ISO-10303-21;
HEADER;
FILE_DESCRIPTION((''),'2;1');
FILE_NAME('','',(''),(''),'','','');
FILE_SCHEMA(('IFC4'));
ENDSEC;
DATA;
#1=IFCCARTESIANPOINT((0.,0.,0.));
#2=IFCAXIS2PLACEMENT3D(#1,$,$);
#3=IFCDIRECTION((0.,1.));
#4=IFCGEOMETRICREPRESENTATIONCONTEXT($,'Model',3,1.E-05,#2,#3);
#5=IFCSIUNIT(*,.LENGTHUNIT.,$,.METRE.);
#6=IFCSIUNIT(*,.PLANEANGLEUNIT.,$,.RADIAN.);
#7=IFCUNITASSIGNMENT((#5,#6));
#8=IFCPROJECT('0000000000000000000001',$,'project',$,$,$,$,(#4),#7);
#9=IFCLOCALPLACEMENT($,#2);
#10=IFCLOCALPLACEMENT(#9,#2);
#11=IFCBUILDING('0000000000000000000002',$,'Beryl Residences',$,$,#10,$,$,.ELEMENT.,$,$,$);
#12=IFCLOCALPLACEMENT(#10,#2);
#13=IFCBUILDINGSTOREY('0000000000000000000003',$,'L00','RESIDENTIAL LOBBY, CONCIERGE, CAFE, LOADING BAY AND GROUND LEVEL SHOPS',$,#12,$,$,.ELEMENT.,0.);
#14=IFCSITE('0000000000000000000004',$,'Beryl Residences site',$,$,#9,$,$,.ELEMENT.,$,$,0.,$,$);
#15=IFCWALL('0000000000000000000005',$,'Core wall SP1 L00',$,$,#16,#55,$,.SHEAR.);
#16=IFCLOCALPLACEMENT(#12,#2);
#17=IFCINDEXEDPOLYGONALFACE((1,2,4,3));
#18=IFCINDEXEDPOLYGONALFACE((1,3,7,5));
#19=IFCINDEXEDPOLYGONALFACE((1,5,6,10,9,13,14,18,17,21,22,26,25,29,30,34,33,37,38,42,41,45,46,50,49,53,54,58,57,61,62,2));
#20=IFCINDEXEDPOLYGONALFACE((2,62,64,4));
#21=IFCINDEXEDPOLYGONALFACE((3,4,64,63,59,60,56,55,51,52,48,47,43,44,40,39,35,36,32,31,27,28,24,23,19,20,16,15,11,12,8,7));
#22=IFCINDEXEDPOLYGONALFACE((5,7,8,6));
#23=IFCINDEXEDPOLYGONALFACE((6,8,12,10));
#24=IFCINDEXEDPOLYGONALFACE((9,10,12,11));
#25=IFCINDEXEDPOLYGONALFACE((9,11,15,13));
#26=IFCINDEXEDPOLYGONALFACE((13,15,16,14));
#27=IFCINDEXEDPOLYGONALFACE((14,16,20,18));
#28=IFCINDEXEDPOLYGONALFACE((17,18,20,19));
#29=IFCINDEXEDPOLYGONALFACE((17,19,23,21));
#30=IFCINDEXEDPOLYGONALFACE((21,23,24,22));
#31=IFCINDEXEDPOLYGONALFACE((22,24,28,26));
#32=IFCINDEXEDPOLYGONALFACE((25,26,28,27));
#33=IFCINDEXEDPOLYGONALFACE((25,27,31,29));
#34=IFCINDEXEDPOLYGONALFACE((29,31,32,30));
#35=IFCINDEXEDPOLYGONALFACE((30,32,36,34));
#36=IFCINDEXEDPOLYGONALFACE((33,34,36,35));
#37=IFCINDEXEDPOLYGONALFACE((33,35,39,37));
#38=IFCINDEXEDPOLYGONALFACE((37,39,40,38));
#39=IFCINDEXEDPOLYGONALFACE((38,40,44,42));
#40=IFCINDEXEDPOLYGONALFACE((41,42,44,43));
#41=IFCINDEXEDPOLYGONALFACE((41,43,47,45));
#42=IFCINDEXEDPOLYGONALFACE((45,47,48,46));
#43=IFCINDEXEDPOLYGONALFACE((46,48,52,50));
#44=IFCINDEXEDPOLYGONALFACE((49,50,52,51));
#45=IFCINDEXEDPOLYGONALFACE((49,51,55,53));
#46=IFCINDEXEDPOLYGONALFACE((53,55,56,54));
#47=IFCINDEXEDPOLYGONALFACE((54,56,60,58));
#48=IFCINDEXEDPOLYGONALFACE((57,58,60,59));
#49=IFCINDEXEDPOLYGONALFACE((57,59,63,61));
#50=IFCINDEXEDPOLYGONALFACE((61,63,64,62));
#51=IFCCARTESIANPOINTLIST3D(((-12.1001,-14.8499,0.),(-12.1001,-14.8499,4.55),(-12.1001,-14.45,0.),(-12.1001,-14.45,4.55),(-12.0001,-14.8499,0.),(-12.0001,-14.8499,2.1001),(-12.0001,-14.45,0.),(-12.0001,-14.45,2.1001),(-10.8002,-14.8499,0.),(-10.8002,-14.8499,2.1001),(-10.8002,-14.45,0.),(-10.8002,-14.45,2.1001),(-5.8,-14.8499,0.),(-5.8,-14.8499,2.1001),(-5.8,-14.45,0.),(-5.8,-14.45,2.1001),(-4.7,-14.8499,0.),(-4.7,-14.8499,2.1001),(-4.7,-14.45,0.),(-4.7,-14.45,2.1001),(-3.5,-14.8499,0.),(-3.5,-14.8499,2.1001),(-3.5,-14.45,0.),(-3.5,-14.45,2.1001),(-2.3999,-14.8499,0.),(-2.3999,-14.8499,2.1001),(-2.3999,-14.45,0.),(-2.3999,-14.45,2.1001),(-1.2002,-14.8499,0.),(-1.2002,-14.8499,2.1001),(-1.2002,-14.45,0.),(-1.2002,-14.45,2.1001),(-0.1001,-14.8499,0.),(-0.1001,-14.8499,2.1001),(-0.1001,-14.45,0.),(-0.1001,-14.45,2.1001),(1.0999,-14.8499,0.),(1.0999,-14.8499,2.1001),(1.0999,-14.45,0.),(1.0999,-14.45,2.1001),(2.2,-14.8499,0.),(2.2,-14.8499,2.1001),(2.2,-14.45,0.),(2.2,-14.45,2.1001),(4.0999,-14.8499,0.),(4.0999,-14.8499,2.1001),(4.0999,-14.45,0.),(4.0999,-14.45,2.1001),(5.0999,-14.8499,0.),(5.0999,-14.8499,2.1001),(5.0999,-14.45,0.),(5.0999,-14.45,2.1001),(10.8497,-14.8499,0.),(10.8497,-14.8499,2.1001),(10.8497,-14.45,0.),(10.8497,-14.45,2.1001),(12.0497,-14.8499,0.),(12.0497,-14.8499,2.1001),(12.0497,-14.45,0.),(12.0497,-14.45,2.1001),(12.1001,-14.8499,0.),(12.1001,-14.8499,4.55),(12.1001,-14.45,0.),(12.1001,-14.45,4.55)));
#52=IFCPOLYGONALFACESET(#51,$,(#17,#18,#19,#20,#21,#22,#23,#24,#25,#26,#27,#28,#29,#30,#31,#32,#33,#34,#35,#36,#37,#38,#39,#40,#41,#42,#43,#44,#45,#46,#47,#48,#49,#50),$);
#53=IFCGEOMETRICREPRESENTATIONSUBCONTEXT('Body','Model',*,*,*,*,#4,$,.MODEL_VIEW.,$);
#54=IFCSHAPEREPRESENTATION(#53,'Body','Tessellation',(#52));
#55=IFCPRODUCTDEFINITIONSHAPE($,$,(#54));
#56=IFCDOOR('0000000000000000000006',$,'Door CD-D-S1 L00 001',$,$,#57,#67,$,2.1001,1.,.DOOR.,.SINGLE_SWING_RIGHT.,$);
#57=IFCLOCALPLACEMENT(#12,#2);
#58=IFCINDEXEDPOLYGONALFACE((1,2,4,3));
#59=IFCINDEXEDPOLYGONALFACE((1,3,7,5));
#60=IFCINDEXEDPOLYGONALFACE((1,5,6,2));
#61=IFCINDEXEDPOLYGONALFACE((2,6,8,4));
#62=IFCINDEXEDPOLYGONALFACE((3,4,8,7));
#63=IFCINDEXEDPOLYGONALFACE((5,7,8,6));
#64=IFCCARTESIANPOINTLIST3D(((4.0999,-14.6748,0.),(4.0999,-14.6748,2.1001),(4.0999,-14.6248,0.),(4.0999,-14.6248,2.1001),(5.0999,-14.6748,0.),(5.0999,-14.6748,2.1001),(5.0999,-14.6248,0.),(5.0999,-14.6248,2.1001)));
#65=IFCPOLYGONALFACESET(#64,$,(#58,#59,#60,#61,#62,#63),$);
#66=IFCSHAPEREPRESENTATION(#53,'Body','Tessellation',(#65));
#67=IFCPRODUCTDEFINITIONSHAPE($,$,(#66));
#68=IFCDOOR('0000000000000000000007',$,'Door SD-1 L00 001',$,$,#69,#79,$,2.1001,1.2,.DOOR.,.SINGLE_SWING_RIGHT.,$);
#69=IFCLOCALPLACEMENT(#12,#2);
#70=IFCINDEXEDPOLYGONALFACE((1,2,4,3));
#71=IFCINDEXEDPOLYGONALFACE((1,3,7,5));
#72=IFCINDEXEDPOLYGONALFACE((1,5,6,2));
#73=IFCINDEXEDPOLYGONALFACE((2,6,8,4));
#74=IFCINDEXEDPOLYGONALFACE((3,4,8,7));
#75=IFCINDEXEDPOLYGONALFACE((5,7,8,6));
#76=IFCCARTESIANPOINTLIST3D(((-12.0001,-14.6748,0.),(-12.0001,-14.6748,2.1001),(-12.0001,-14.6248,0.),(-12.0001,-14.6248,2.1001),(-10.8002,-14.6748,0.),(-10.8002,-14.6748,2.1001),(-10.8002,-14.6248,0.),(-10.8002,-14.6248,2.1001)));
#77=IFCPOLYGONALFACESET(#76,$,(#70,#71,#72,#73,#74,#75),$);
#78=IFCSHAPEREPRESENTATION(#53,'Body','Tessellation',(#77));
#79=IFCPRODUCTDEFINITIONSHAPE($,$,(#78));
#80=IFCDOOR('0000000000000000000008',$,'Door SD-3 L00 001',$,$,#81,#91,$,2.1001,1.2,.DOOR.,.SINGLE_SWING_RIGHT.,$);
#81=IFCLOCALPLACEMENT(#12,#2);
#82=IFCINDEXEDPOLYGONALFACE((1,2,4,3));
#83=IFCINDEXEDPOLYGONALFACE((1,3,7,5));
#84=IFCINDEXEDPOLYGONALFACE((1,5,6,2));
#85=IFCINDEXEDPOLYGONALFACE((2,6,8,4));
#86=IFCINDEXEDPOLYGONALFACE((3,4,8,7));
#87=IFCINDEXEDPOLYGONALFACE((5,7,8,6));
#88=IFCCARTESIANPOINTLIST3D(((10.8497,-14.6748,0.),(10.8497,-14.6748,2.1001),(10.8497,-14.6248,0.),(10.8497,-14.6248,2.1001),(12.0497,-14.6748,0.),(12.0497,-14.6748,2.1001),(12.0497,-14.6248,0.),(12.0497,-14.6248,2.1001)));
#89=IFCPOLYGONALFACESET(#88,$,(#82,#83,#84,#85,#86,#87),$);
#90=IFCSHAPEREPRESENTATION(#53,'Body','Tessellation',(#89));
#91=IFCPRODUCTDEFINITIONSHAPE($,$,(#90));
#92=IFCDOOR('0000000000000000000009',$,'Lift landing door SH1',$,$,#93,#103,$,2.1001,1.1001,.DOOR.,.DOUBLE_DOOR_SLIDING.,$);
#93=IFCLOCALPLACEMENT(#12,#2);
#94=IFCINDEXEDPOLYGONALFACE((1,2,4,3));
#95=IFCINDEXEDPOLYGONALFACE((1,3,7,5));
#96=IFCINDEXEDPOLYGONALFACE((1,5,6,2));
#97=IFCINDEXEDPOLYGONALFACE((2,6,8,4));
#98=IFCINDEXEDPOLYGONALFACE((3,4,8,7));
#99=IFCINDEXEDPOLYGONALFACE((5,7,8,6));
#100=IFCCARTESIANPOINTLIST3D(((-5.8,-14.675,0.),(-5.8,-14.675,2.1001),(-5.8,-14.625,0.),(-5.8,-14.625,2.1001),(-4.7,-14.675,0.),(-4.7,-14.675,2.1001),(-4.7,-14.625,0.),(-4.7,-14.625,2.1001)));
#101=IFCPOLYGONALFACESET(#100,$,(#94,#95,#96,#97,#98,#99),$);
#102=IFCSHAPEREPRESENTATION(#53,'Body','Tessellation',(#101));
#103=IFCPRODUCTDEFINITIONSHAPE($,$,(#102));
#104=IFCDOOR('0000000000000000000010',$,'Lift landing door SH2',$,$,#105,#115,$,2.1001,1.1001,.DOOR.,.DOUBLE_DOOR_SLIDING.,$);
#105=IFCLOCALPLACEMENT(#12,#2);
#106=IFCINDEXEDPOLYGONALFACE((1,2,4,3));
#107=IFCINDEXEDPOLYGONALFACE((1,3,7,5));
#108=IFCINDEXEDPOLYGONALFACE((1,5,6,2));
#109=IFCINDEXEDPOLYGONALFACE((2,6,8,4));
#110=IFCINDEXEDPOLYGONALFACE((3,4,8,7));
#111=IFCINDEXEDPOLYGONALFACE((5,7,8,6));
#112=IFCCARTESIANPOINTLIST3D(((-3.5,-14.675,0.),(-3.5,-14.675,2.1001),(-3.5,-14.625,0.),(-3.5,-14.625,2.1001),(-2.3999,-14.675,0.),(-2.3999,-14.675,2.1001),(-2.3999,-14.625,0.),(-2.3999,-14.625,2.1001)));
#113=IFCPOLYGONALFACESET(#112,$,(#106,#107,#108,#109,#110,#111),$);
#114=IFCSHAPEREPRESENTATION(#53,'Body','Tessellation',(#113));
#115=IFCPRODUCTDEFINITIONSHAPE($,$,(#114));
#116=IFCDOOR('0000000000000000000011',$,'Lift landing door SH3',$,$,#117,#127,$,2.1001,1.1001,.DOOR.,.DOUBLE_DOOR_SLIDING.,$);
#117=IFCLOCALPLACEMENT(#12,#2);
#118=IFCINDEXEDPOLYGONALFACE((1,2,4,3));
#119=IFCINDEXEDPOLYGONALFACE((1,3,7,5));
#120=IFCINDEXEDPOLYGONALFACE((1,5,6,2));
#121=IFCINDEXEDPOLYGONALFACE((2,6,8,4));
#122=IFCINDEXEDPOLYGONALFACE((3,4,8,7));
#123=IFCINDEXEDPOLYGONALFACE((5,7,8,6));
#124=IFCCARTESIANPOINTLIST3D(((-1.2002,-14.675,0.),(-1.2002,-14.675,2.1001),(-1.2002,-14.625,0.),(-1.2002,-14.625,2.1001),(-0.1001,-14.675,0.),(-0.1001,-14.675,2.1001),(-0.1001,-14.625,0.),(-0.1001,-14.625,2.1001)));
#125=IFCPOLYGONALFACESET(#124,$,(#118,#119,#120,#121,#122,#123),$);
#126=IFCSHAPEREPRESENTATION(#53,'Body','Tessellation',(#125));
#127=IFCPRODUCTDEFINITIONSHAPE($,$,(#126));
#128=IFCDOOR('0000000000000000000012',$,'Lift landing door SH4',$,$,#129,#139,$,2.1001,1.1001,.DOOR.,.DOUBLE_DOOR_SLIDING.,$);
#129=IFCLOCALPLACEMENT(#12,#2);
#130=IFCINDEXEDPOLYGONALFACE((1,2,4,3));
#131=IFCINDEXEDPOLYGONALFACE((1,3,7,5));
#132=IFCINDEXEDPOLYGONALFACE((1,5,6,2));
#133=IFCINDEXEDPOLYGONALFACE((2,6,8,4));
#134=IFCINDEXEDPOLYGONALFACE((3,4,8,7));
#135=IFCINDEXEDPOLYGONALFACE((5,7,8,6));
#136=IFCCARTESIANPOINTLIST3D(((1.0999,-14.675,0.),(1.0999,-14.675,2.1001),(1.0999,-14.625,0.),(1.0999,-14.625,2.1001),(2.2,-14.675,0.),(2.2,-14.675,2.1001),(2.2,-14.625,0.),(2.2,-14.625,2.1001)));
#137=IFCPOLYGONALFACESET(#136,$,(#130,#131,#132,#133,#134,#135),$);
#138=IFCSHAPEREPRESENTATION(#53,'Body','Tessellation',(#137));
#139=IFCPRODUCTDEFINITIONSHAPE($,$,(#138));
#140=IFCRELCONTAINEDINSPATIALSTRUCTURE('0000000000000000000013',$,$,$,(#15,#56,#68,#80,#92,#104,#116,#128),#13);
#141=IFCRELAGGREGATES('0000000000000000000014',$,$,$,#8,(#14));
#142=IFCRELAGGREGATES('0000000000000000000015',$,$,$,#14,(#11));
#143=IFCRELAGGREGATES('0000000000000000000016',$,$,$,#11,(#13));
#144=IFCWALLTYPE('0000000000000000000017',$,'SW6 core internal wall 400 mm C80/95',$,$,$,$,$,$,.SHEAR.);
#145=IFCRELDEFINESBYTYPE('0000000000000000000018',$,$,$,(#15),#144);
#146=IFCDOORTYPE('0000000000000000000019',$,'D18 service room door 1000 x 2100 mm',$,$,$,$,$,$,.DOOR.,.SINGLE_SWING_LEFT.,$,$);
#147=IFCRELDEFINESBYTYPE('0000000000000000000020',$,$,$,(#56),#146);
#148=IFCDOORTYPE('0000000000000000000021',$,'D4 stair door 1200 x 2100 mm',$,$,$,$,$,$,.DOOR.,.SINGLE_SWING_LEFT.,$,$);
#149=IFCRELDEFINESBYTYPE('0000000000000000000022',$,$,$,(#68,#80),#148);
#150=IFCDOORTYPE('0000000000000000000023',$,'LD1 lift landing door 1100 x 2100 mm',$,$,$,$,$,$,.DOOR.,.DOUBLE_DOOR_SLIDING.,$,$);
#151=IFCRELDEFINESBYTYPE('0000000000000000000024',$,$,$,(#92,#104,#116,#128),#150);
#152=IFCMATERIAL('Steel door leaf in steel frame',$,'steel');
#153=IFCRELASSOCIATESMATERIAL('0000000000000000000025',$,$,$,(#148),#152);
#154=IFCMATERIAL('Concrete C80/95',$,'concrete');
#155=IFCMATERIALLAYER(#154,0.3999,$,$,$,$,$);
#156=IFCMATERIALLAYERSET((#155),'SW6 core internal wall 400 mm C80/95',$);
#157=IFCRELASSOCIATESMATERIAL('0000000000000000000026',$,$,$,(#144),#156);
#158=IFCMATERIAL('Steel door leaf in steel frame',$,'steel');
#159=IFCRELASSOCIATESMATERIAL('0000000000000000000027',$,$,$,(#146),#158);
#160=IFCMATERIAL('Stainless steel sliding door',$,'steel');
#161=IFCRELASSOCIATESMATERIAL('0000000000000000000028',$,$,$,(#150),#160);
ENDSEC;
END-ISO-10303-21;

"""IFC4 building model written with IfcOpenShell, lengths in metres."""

from ifc_helpers import new_model, si_unit, direction, frame, frame_2d, origin, place, context, subcontext, project, spatial, rectangle, extrude, material, layer, layer_set, type_object, element, fill, save


model = new_model("IFC4")

# Units and contexts
model_context = context("Model", 3, precision=1e-05, world=origin(), true_north=direction((0.0, 1.0)))
body_context = subcontext(model_context, "Body", "Model", "MODEL_VIEW")
ifc_project = project(units=[si_unit("LENGTHUNIT", "METRE"), si_unit("PLANEANGLEUNIT", "RADIAN")], contexts=[model_context])

# Site, building, storey
site_placement = place(None, origin())
site = spatial("IfcSite", under=ifc_project, at=site_placement, Name="Beryl Residences site", CompositionType="ELEMENT", RefElevation=0.0)
building_placement = place(site_placement, origin())
building = spatial("IfcBuilding", under=site, at=building_placement, Name="Beryl Residences", CompositionType="ELEMENT")
storey_placement = place(building_placement, origin())
storey = spatial("IfcBuildingStorey", under=building, at=storey_placement, Name="L00", Description="RESIDENTIAL LOBBY, CONCIERGE, CAFE, LOADING BAY AND GROUND LEVEL SHOPS", CompositionType="ELEMENT", Elevation=0.0)

# Shared definitions
ifc_material_1 = material(Name="Steel door leaf in steel frame", Category="steel")
door_type_1 = type_object("IfcDoorType", Name="D4 stair door 1200 x 2100 mm", OperationType="SINGLE_SWING_LEFT", PredefinedType="DOOR", material=ifc_material_1)

# Wall, openings, doors
ifc_material_2 = material(Name="Concrete C80/95", Category="concrete")
ifc_layer_1 = layer(ifc_material_2, 0.3999)
ifc_layer_set_1 = layer_set([ifc_layer_1], Name="SW6 core internal wall 400 mm C80/95")
wall_type_1 = type_object("IfcWallType", Name="SW6 core internal wall 400 mm C80/95", PredefinedType="SHEAR", material=ifc_layer_set_1)
wall_1_placement = place(storey_placement, frame((-12.1001, -14.6499, 0.0), z_axis=(0.0, 0.0, 1.0), x_axis=(1.0, 0.0, 0.0)))
wall_1 = element("IfcWall", 1, at=wall_1_placement, inside=storey, type_object=wall_type_1, Name="Core wall SP1 L00", PredefinedType="SHEAR", context=body_context, shape_type="SweptSolid", body=[
    extrude(rectangle(XDim=24.2002, YDim=0.3999, at=frame_2d((12.1001, 0.0))), origin(), (0.0, 0.0, 1.0), 4.55),
])
opening_1_placement = place(wall_1_placement, frame((6.3, 0.0, 0.0)))
opening_1 = element("IfcOpeningElement", 2, at=opening_1_placement, cuts=wall_1, PredefinedType="OPENING", context=body_context, shape_type="SweptSolid", body=[
    extrude(rectangle(XDim=1.1001, YDim=2.1001, at=frame_2d((0.55, 1.05))), frame((0.0, 0.21, 0.0), z_axis=(0.0, -1.0, 0.0), x_axis=(1.0, 0.0, 0.0)), (0.0, 0.0, 1.0), 0.4199),
])
opening_2_placement = place(wall_1_placement, frame((8.6001, 0.0, 0.0)))
opening_2 = element("IfcOpeningElement", 3, at=opening_2_placement, cuts=wall_1, PredefinedType="OPENING", context=body_context, shape_type="SweptSolid", body=[
    extrude(rectangle(XDim=1.1001, YDim=2.1001, at=frame_2d((0.55, 1.05))), frame((0.0, 0.21, 0.0), z_axis=(0.0, -1.0, 0.0), x_axis=(1.0, 0.0, 0.0)), (0.0, 0.0, 1.0), 0.4199),
])
opening_3_placement = place(wall_1_placement, frame((10.8999, 0.0, 0.0)))
opening_3 = element("IfcOpeningElement", 4, at=opening_3_placement, cuts=wall_1, PredefinedType="OPENING", context=body_context, shape_type="SweptSolid", body=[
    extrude(rectangle(XDim=1.1001, YDim=2.1001, at=frame_2d((0.55, 1.05))), frame((0.0, 0.21, 0.0), z_axis=(0.0, -1.0, 0.0), x_axis=(1.0, 0.0, 0.0)), (0.0, 0.0, 1.0), 0.4199),
])
opening_4_placement = place(wall_1_placement, frame((13.2, 0.0, 0.0)))
opening_4 = element("IfcOpeningElement", 5, at=opening_4_placement, cuts=wall_1, PredefinedType="OPENING", context=body_context, shape_type="SweptSolid", body=[
    extrude(rectangle(XDim=1.1001, YDim=2.1001, at=frame_2d((0.55, 1.05))), frame((0.0, 0.21, 0.0), z_axis=(0.0, -1.0, 0.0), x_axis=(1.0, 0.0, 0.0)), (0.0, 0.0, 1.0), 0.4199),
])
opening_5_placement = place(wall_1_placement, frame((1.3, 0.0, 0.0), z_axis=(0.0, 0.0, 1.0), x_axis=(-1.0, 0.0, 0.0)))
opening_5 = element("IfcOpeningElement", 6, at=opening_5_placement, cuts=wall_1, PredefinedType="OPENING", context=body_context, shape_type="SweptSolid", body=[
    extrude(rectangle(XDim=1.2, YDim=2.1001, at=frame_2d((0.6001, 1.05))), frame((0.0, 0.21, 0.0), z_axis=(0.0, -1.0, 0.0), x_axis=(1.0, 0.0, 0.0)), (0.0, 0.0, 1.0), 0.4199),
])
opening_6_placement = place(wall_1_placement, frame((24.1499, 0.0, 0.0), z_axis=(0.0, 0.0, 1.0), x_axis=(-1.0, 0.0, 0.0)))
opening_6 = element("IfcOpeningElement", 7, at=opening_6_placement, cuts=wall_1, PredefinedType="OPENING", context=body_context, shape_type="SweptSolid", body=[
    extrude(rectangle(XDim=1.2, YDim=2.1001, at=frame_2d((0.6001, 1.05))), frame((0.0, 0.21, 0.0), z_axis=(0.0, -1.0, 0.0), x_axis=(1.0, 0.0, 0.0)), (0.0, 0.0, 1.0), 0.4199),
])
opening_7_placement = place(wall_1_placement, frame((17.2, 0.0, 0.0), z_axis=(0.0, 0.0, 1.0), x_axis=(-1.0, 0.0, 0.0)))
opening_7 = element("IfcOpeningElement", 8, at=opening_7_placement, cuts=wall_1, PredefinedType="OPENING", context=body_context, shape_type="SweptSolid", body=[
    extrude(rectangle(XDim=1.0, YDim=2.1001, at=frame_2d((0.5, 1.05))), frame((0.0, 0.21, 0.0), z_axis=(0.0, -1.0, 0.0), x_axis=(1.0, 0.0, 0.0)), (0.0, 0.0, 1.0), 0.4199),
])
ifc_material_3 = material(Name="Steel door leaf in steel frame", Category="steel")
door_type_2 = type_object("IfcDoorType", Name="D18 service room door 1000 x 2100 mm", OperationType="SINGLE_SWING_LEFT", PredefinedType="DOOR", material=ifc_material_3)
door_1_placement = place(opening_7_placement, origin())
door_1 = element("IfcDoor", 9, at=door_1_placement, inside=storey, type_object=door_type_2, Name="Door CD-D-S1 L00 001", OperationType="SINGLE_SWING_RIGHT", OverallHeight=2.1001, OverallWidth=1.0, PredefinedType="DOOR", context=body_context, shape_type="SweptSolid", body=[
    extrude(rectangle(XDim=1.0, YDim=2.1001, at=frame_2d((0.5, 1.05))), frame((0.0, 0.0249, 0.0), z_axis=(0.0, -1.0, 0.0), x_axis=(1.0, 0.0, 0.0)), (0.0, 0.0, 1.0), 0.05),
])
fill(opening_7, door_1)
door_2_placement = place(opening_5_placement, origin())
door_2 = element("IfcDoor", 10, at=door_2_placement, inside=storey, type_object=door_type_1, Name="Door SD-1 L00 001", OperationType="SINGLE_SWING_RIGHT", OverallHeight=2.1001, OverallWidth=1.2, PredefinedType="DOOR", context=body_context, shape_type="SweptSolid", body=[
    extrude(rectangle(XDim=1.2, YDim=2.1001, at=frame_2d((0.6001, 1.05))), frame((0.0, 0.0249, 0.0), z_axis=(0.0, -1.0, 0.0), x_axis=(1.0, 0.0, 0.0)), (0.0, 0.0, 1.0), 0.05),
])
fill(opening_5, door_2)
door_3_placement = place(opening_6_placement, origin())
door_3 = element("IfcDoor", 11, at=door_3_placement, inside=storey, type_object=door_type_1, Name="Door SD-3 L00 001", OperationType="SINGLE_SWING_RIGHT", OverallHeight=2.1001, OverallWidth=1.2, PredefinedType="DOOR", context=body_context, shape_type="SweptSolid", body=[
    extrude(rectangle(XDim=1.2, YDim=2.1001, at=frame_2d((0.6001, 1.05))), frame((0.0, 0.0249, 0.0), z_axis=(0.0, -1.0, 0.0), x_axis=(1.0, 0.0, 0.0)), (0.0, 0.0, 1.0), 0.05),
])
fill(opening_6, door_3)
ifc_material_4 = material(Name="Stainless steel sliding door", Category="steel")
door_type_3 = type_object("IfcDoorType", Name="LD1 lift landing door 1100 x 2100 mm", OperationType="DOUBLE_DOOR_SLIDING", PredefinedType="DOOR", material=ifc_material_4)
door_4_placement = place(opening_1_placement, origin())
door_4 = element("IfcDoor", 12, at=door_4_placement, inside=storey, type_object=door_type_3, Name="Lift landing door SH1", OperationType="DOUBLE_DOOR_SLIDING", OverallHeight=2.1001, OverallWidth=1.1001, PredefinedType="DOOR", context=body_context, shape_type="SweptSolid", body=[
    extrude(rectangle(XDim=1.1001, YDim=2.1001, at=frame_2d((0.55, 1.05))), frame((0.0, 0.0249, 0.0), z_axis=(0.0, -1.0, 0.0), x_axis=(1.0, 0.0, 0.0)), (0.0, 0.0, 1.0), 0.05),
])
fill(opening_1, door_4)
door_5_placement = place(opening_2_placement, origin())
door_5 = element("IfcDoor", 13, at=door_5_placement, inside=storey, type_object=door_type_3, Name="Lift landing door SH2", OperationType="DOUBLE_DOOR_SLIDING", OverallHeight=2.1001, OverallWidth=1.1001, PredefinedType="DOOR", context=body_context, shape_type="SweptSolid", body=[
    extrude(rectangle(XDim=1.1001, YDim=2.1001, at=frame_2d((0.55, 1.05))), frame((0.0, 0.0249, 0.0), z_axis=(0.0, -1.0, 0.0), x_axis=(1.0, 0.0, 0.0)), (0.0, 0.0, 1.0), 0.05),
])
fill(opening_2, door_5)
door_6_placement = place(opening_3_placement, origin())
door_6 = element("IfcDoor", 14, at=door_6_placement, inside=storey, type_object=door_type_3, Name="Lift landing door SH3", OperationType="DOUBLE_DOOR_SLIDING", OverallHeight=2.1001, OverallWidth=1.1001, PredefinedType="DOOR", context=body_context, shape_type="SweptSolid", body=[
    extrude(rectangle(XDim=1.1001, YDim=2.1001, at=frame_2d((0.55, 1.05))), frame((0.0, 0.0249, 0.0), z_axis=(0.0, -1.0, 0.0), x_axis=(1.0, 0.0, 0.0)), (0.0, 0.0, 1.0), 0.05),
])
fill(opening_3, door_6)
door_7_placement = place(opening_4_placement, origin())
door_7 = element("IfcDoor", 15, at=door_7_placement, inside=storey, type_object=door_type_3, Name="Lift landing door SH4", OperationType="DOUBLE_DOOR_SLIDING", OverallHeight=2.1001, OverallWidth=1.1001, PredefinedType="DOOR", context=body_context, shape_type="SweptSolid", body=[
    extrude(rectangle(XDim=1.1001, YDim=2.1001, at=frame_2d((0.55, 1.05))), frame((0.0, 0.0249, 0.0), z_axis=(0.0, -1.0, 0.0), x_axis=(1.0, 0.0, 0.0)), (0.0, 0.0, 1.0), 0.05),
])
fill(opening_4, door_7)

save(model, "model.ifc")
